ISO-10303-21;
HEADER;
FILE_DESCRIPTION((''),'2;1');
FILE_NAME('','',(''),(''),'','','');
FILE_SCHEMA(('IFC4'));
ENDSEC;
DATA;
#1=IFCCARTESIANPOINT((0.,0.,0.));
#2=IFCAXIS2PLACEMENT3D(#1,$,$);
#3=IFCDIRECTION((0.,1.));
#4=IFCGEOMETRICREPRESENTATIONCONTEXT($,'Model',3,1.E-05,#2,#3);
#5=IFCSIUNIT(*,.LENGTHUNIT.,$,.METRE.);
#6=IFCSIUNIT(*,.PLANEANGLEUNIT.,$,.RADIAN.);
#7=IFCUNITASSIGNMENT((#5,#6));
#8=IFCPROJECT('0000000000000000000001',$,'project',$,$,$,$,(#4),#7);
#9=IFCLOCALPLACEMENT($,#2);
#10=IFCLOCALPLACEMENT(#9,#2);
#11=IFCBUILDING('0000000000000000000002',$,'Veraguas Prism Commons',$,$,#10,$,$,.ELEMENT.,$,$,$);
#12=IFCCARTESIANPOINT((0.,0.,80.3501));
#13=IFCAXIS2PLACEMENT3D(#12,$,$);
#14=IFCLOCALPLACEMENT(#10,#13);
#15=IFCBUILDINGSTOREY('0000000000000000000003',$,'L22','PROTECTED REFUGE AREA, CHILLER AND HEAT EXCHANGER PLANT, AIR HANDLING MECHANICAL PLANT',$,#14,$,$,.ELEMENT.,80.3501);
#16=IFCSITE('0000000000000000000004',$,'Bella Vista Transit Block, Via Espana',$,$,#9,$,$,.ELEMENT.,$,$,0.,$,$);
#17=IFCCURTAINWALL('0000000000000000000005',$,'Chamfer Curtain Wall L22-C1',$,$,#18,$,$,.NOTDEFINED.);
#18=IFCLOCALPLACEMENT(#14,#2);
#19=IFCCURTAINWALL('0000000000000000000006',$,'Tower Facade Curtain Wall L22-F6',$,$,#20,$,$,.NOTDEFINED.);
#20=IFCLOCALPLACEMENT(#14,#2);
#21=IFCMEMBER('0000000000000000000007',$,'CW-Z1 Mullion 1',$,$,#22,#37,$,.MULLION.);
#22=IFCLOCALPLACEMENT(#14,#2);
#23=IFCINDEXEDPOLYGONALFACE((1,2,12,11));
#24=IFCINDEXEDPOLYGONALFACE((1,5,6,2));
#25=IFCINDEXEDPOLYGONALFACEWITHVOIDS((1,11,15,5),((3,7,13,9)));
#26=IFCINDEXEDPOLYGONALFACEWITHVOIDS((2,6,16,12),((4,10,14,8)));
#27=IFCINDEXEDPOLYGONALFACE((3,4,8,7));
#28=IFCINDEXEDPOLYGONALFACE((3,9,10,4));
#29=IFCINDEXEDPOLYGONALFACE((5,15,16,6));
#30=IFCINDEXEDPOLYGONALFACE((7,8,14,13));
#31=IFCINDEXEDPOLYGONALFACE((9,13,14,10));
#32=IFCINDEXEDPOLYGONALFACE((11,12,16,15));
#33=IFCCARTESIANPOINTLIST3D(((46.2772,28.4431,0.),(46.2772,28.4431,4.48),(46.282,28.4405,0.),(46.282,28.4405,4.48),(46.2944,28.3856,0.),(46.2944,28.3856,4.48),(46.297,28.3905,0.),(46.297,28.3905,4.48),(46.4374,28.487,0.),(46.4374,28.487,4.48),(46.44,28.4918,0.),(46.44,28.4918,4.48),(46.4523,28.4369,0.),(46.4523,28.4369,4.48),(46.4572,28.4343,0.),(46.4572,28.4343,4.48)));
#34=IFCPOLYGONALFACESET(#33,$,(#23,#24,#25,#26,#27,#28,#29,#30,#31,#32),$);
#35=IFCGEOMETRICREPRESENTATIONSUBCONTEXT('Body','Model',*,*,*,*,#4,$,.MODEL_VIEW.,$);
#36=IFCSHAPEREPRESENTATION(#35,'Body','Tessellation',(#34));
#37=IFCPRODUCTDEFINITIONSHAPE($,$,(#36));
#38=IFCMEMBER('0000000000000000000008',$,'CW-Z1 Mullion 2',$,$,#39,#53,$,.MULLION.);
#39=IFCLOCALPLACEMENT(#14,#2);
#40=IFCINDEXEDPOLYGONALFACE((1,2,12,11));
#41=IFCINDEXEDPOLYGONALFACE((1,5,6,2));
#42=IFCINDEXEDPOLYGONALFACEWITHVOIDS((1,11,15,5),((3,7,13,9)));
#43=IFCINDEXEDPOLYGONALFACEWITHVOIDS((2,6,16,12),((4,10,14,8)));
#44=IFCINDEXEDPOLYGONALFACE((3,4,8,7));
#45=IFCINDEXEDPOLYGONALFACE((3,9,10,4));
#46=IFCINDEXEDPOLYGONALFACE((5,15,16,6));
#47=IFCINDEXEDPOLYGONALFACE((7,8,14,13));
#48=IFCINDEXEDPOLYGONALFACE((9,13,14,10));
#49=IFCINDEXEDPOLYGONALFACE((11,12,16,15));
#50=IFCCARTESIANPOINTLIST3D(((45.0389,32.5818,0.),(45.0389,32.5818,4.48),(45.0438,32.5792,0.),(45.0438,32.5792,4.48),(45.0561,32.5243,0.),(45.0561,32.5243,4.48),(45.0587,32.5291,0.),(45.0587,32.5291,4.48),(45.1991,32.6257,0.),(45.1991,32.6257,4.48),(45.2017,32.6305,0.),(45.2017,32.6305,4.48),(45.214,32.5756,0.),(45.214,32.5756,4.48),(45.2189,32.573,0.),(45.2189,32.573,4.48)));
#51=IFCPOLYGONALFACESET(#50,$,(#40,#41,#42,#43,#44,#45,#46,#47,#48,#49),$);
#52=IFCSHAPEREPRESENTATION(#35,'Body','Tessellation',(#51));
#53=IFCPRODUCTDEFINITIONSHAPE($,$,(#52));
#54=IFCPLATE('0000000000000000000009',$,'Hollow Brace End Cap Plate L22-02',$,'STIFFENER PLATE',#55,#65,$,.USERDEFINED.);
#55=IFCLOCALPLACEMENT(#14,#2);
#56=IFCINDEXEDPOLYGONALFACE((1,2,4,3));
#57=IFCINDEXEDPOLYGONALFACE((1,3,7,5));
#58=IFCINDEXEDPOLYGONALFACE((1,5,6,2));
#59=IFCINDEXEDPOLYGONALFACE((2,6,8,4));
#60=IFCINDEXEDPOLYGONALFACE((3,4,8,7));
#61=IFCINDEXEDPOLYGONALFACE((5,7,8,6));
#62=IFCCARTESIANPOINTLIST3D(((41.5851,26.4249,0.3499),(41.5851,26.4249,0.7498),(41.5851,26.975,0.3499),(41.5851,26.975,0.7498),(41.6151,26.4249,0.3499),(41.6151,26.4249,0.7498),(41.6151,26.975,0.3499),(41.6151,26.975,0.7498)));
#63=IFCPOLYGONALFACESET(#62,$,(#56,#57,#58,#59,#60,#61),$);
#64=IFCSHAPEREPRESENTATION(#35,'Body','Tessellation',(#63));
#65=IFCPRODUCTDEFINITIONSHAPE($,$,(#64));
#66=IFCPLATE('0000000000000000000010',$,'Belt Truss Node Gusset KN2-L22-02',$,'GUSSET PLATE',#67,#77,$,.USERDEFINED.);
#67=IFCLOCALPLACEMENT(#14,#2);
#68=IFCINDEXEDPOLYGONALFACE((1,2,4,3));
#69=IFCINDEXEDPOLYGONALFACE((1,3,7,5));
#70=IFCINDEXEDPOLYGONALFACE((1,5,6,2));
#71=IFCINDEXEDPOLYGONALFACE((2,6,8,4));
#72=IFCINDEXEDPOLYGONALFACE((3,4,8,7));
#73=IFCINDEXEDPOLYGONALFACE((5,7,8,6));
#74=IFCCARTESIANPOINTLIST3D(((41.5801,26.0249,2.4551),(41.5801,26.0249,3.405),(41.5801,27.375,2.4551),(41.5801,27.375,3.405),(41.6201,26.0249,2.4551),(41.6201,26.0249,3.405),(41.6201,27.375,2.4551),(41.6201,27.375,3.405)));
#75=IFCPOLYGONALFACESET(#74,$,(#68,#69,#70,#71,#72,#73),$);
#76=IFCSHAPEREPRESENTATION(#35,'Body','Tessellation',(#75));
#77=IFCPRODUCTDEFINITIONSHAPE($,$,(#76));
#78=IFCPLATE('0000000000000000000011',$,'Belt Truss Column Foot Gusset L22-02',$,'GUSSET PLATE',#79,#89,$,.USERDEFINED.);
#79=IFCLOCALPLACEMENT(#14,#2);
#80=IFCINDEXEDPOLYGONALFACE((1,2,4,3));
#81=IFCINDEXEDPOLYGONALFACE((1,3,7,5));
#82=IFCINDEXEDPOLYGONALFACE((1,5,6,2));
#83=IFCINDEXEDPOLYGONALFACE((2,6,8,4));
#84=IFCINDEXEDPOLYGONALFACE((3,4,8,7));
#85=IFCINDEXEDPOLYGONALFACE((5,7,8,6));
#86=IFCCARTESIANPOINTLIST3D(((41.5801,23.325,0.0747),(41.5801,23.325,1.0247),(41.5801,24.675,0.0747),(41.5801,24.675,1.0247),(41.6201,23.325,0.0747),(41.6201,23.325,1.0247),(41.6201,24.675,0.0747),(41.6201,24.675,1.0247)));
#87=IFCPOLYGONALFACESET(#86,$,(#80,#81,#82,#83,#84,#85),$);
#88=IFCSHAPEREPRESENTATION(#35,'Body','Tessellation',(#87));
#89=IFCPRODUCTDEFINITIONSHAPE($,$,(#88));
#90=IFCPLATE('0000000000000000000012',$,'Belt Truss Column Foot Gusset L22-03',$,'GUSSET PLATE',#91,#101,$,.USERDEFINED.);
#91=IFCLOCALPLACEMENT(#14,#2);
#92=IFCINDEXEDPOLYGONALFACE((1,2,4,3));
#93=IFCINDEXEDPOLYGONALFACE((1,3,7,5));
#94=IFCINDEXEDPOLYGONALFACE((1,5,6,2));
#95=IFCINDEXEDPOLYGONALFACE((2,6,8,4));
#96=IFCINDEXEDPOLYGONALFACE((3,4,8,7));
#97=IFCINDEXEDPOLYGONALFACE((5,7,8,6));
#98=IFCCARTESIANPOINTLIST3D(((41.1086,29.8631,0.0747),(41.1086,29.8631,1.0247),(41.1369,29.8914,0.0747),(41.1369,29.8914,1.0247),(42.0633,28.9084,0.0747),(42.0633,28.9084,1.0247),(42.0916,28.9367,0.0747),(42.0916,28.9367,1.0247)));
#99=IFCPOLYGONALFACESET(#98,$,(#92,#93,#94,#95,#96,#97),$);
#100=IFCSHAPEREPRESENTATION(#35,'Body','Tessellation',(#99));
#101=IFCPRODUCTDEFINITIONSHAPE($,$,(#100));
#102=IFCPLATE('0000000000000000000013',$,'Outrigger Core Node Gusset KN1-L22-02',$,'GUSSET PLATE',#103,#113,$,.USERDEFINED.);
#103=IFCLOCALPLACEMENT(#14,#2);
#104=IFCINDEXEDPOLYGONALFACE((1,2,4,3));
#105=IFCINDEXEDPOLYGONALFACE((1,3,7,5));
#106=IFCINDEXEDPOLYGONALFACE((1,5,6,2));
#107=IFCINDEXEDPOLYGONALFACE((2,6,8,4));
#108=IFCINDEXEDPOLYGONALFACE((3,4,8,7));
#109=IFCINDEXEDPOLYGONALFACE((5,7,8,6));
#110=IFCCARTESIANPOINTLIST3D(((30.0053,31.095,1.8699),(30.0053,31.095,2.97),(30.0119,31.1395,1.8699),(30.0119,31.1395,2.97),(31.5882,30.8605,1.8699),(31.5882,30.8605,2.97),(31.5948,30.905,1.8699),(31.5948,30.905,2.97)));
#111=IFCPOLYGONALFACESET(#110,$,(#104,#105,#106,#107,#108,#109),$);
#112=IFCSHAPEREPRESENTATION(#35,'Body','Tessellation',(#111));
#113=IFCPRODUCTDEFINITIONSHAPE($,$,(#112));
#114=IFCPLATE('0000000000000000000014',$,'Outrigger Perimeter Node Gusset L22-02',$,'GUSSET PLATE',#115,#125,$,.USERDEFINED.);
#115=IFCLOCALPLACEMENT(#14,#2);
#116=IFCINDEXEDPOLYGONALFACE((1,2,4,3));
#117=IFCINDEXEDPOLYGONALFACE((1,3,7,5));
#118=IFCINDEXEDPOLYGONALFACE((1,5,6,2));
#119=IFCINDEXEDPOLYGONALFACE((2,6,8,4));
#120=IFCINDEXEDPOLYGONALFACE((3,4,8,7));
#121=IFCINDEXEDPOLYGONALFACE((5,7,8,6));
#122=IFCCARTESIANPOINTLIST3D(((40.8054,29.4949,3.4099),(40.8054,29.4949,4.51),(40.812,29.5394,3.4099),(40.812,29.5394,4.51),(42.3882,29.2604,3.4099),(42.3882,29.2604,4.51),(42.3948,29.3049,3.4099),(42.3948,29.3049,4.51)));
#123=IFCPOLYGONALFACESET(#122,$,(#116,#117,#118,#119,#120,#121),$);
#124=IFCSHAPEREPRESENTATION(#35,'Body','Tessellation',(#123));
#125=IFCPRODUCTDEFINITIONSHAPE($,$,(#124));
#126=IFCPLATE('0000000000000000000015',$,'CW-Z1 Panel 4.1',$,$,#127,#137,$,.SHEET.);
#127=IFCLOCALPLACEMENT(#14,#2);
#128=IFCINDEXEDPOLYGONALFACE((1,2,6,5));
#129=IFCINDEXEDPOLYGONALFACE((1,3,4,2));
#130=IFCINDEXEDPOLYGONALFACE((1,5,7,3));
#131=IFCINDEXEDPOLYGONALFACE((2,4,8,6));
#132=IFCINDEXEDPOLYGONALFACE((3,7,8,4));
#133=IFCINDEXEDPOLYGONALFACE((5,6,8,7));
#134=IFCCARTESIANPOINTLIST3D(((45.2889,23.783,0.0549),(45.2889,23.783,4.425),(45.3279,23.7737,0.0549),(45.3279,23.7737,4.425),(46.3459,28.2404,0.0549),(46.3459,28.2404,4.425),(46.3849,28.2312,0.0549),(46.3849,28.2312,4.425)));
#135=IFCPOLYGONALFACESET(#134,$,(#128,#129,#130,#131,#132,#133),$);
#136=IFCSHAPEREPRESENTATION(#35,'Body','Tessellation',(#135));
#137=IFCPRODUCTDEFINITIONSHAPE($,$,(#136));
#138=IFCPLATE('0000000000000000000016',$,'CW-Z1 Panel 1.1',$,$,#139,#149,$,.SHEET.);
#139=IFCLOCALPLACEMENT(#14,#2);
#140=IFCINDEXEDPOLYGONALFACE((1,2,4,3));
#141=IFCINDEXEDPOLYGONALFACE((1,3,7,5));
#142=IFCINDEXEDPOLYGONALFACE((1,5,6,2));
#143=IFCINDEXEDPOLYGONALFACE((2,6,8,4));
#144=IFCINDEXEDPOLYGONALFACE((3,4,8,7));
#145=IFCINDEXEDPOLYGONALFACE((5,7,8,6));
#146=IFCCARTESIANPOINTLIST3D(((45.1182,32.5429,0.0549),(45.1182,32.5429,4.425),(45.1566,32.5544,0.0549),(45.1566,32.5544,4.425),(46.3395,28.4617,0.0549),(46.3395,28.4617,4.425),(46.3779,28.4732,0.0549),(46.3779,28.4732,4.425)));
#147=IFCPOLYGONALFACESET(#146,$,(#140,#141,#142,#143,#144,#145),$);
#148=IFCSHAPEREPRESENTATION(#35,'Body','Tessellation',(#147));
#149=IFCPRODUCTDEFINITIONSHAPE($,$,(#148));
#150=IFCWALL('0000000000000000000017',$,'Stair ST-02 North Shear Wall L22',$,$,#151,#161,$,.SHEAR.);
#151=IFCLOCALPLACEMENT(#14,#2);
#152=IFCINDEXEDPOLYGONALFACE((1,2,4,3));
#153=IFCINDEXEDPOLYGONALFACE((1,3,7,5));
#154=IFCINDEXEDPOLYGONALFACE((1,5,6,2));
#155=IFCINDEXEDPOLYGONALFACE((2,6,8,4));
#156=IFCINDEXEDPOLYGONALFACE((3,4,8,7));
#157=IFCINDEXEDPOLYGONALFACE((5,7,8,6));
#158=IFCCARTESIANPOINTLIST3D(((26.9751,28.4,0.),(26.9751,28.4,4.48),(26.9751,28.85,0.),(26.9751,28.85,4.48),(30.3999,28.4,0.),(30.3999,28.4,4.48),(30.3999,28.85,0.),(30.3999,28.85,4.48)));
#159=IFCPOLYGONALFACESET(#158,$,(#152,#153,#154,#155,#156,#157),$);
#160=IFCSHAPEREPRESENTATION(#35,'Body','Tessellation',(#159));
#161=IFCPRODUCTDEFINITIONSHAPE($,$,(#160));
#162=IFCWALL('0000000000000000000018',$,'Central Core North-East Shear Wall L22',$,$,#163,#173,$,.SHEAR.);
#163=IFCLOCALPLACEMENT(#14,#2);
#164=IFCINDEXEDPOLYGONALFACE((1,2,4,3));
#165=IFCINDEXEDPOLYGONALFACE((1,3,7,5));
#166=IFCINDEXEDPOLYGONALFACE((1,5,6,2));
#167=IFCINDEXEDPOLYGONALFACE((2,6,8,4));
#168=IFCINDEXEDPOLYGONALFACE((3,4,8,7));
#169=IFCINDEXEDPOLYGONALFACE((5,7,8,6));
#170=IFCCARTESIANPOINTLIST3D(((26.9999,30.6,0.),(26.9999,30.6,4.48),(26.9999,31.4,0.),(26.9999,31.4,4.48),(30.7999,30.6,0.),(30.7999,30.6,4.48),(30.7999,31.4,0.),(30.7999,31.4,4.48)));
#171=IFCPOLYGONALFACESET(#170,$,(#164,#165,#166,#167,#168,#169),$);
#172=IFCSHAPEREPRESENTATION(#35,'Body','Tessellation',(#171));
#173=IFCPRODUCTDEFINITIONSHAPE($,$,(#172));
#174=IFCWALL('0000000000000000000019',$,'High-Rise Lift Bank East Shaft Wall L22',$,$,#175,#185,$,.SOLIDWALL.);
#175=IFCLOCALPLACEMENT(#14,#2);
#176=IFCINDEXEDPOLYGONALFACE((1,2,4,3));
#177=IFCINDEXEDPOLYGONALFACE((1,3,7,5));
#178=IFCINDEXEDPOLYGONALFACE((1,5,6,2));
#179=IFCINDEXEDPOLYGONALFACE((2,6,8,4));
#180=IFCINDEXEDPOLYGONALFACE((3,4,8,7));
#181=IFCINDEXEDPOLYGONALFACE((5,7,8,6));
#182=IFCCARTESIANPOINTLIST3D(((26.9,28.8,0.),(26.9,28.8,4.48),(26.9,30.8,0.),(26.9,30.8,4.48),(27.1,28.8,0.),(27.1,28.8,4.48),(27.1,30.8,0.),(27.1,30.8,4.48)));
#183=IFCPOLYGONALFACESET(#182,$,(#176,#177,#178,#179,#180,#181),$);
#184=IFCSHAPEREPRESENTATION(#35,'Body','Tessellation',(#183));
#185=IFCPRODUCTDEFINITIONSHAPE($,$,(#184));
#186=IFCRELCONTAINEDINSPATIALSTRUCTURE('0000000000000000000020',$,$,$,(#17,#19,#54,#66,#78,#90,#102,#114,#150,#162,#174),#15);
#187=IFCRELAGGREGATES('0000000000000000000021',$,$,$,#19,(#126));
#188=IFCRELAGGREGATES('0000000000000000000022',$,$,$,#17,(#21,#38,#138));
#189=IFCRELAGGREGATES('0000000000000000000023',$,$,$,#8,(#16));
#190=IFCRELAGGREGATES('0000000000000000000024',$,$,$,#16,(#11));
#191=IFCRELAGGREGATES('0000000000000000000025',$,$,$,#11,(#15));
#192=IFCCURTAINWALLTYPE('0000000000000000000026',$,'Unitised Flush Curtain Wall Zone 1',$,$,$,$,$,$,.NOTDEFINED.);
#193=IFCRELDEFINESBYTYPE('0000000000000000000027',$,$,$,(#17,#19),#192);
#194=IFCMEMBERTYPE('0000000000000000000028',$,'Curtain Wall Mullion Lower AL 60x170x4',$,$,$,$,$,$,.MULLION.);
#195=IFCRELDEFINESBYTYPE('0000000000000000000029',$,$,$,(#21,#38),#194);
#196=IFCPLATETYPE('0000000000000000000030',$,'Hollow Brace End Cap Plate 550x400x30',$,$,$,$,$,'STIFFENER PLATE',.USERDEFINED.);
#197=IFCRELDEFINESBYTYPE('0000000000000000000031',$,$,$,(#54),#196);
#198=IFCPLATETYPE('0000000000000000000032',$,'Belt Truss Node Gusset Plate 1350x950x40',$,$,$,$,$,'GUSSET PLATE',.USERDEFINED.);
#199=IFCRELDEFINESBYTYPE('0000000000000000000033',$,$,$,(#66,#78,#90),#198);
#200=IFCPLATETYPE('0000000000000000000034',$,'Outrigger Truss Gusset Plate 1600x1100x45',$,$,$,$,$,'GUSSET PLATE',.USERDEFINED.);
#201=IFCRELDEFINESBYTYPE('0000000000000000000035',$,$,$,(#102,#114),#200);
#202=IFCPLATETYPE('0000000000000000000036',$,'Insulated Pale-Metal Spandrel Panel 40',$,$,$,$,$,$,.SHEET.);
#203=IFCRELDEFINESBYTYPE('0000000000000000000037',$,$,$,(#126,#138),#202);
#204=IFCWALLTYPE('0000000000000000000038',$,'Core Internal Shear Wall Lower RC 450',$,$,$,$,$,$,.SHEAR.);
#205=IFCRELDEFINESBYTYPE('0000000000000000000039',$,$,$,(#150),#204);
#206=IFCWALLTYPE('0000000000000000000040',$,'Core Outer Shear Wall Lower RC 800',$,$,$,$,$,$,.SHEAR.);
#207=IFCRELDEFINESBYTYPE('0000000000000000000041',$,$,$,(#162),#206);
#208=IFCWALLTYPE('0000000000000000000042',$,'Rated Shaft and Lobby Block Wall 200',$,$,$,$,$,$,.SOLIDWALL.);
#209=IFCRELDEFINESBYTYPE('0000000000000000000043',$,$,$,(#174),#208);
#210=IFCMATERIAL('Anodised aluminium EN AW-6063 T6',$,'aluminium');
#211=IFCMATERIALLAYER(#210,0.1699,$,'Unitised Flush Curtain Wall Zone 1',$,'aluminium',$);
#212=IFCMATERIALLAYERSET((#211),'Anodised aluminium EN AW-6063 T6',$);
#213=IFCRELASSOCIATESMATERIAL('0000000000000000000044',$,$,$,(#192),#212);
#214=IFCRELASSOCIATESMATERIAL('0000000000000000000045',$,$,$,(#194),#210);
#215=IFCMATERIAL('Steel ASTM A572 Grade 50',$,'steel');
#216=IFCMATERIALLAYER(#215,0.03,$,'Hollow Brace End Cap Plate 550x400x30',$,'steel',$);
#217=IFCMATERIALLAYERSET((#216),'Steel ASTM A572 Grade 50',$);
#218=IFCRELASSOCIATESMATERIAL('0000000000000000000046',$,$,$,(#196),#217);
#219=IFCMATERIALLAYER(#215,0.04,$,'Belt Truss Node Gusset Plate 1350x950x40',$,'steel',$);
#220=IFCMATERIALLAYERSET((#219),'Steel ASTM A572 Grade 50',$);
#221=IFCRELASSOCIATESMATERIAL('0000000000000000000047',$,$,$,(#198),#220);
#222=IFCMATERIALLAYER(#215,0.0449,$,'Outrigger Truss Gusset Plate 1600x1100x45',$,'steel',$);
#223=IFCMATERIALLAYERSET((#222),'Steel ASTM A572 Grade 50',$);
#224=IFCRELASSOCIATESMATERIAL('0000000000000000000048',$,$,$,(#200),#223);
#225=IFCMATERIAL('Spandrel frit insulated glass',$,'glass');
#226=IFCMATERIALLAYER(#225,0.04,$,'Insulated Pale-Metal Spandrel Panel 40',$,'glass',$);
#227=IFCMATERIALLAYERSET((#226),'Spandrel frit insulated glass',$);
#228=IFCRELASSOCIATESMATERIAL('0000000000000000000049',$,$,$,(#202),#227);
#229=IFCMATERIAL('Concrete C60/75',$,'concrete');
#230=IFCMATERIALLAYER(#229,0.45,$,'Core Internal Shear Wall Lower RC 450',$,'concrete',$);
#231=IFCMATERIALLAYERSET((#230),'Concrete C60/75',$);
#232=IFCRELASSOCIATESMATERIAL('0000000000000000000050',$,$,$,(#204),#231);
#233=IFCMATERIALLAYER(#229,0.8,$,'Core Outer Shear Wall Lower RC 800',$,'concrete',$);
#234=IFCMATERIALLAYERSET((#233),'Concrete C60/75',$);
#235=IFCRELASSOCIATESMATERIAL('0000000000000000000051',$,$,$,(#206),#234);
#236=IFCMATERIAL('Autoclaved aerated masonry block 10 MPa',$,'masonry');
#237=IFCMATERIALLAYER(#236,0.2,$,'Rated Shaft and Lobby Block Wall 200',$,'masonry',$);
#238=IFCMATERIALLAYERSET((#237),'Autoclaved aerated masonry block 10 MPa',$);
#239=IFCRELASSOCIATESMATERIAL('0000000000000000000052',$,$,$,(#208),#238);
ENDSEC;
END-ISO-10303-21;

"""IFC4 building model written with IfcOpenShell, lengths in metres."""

from ifc_helpers import new_model, si_unit, direction, frame, frame_2d, origin, origin_2d, place, context, subcontext, project, spatial, rectangle, hollow_rectangle, extrude, source, transform, mapped, material, layer, layer_set, material_profile, profile_set, type_object, element, aggregate, save


model = new_model("IFC4")

# Units and contexts
model_context = context("Model", 3, precision=1e-05, world=origin(), true_north=direction((0.0, 1.0)))
body_context = subcontext(model_context, "Body", "Model", "MODEL_VIEW")
ifc_project = project(units=[si_unit("LENGTHUNIT", "METRE"), si_unit("PLANEANGLEUNIT", "RADIAN")], contexts=[model_context])

# Site, building, storey
site_placement = place(None, origin())
site = spatial("IfcSite", under=ifc_project, at=site_placement, Name="Bella Vista Transit Block, Via Espana", CompositionType="ELEMENT", RefElevation=0.0)
building_placement = place(site_placement, origin())
building = spatial("IfcBuilding", under=site, at=building_placement, Name="Veraguas Prism Commons", CompositionType="ELEMENT")
storey_placement = place(building_placement, frame((0.0, 0.0, 80.3501)))
storey = spatial("IfcBuildingStorey", under=building, at=storey_placement, Name="L22", Description="PROTECTED REFUGE AREA, CHILLER AND HEAT EXCHANGER PLANT, AIR HANDLING MECHANICAL PLANT", CompositionType="ELEMENT", Elevation=80.3501)

# Shared definitions
ifc_material_1 = material(Name="Concrete C60/75", Category="concrete")

# Shared definitions
ifc_material_2 = material(Name="Steel ASTM A572 Grade 50", Category="steel")

# Shared definitions
ifc_material_3 = material(Name="Anodised aluminium EN AW-6063 T6", Category="aluminium")
ifc_layer_1 = layer(ifc_material_3, 0.1699, Name="Unitised Flush Curtain Wall Zone 1", Category="aluminium")
ifc_layer_set_1 = layer_set([ifc_layer_1], Name="Anodised aluminium EN AW-6063 T6")
curtain_wall_type = type_object("IfcCurtainWallType", Name="Unitised Flush Curtain Wall Zone 1", PredefinedType="NOTDEFINED", material=ifc_layer_set_1)

# Curtain wall
curtain_wall_1_placement = place(storey_placement, origin())
curtain_wall_1 = element("IfcCurtainWall", 1, at=curtain_wall_1_placement, inside=storey, type_object=curtain_wall_type, Name="Chamfer Curtain Wall L22-C1", PredefinedType="NOTDEFINED")

# Shared definitions
ifc_material_profile_1 = material_profile(ifc_material_3, hollow_rectangle(XDim=0.0601, YDim=0.1699, WallThickness=0.0039, at=origin_2d()), Name="AL60X170X4")
ifc_profile_set_1 = profile_set([ifc_material_profile_1], Name="Anodised aluminium EN AW-6063 T6")
member_type_1 = type_object("IfcMemberType", Name="Curtain Wall Mullion Lower AL 60x170x4", PredefinedType="MULLION", material=ifc_profile_set_1)
shared_shape_1 = source(origin(), body_context, "Body", "SweptSolid", [
    extrude(hollow_rectangle(XDim=0.0601, YDim=0.1699, WallThickness=0.0039, at=origin_2d()), origin(), (0.0, 0.0, 1.0), 4.48),
])

# Curtain wall
curtain_wall_2_placement = place(storey_placement, origin())
curtain_wall_2 = element("IfcCurtainWall", 2, at=curtain_wall_2_placement, inside=storey, type_object=curtain_wall_type, Name="Tower Facade Curtain Wall L22-F6", PredefinedType="NOTDEFINED")

# Members
member_1_placement = place(storey_placement, frame((46.3672, 28.4387, 0.0), z_axis=(0.0, 0.0, 1.0), x_axis=(-0.286692, 0.958023, 0.0)))
member_1 = element("IfcMember", 3, at=member_1_placement, type_object=member_type_1, Name="CW-Z1 Mullion 1", PredefinedType="MULLION", context=body_context, shape_type="MappedRepresentation", body=[
    mapped(shared_shape_1, transform((0.0, 0.0, 0.0), scale=1.0)),
])
member_2_placement = place(storey_placement, frame((45.1289, 32.5774, 0.0), z_axis=(0.0, 0.0, 1.0), x_axis=(-0.286692, 0.958023, 0.0)))
member_2 = element("IfcMember", 4, at=member_2_placement, type_object=member_type_1, Name="CW-Z1 Mullion 2", PredefinedType="MULLION", context=body_context, shape_type="MappedRepresentation", body=[
    mapped(shared_shape_1, transform((0.0, 0.0, 0.0), scale=1.0)),
])

# Plates
ifc_layer_2 = layer(ifc_material_2, 0.03, Name="Hollow Brace End Cap Plate 550x400x30", Category="steel")
ifc_layer_set_2 = layer_set([ifc_layer_2], Name="Steel ASTM A572 Grade 50")
plate_type_1 = type_object("IfcPlateType", Name="Hollow Brace End Cap Plate 550x400x30", ElementType="STIFFENER PLATE", PredefinedType="USERDEFINED", material=ifc_layer_set_2)
shared_shape_2 = source(origin(), body_context, "Body", "SweptSolid", [
    extrude(rectangle(XDim=0.55, YDim=0.03, at=origin_2d()), origin(), (0.0, 0.0, 1.0), 0.3999),
])
plate_1_placement = place(storey_placement, frame((41.6001, 26.7, 0.3499), z_axis=(0.0, 0.0, 1.0), x_axis=(0.0, 1.0, 0.0)))
element("IfcPlate", 5, at=plate_1_placement, inside=storey, type_object=plate_type_1, Name="Hollow Brace End Cap Plate L22-02", ObjectType="STIFFENER PLATE", PredefinedType="USERDEFINED", context=body_context, shape_type="MappedRepresentation", body=[
    mapped(shared_shape_2, transform((0.0, 0.0, 0.0), scale=1.0)),
])
ifc_layer_3 = layer(ifc_material_2, 0.04, Name="Belt Truss Node Gusset Plate 1350x950x40", Category="steel")
ifc_layer_set_3 = layer_set([ifc_layer_3], Name="Steel ASTM A572 Grade 50")
plate_type_2 = type_object("IfcPlateType", Name="Belt Truss Node Gusset Plate 1350x950x40", ElementType="GUSSET PLATE", PredefinedType="USERDEFINED", material=ifc_layer_set_3)
shared_shape_3 = source(origin(), body_context, "Body", "SweptSolid", [
    extrude(rectangle(XDim=1.3501, YDim=0.04, at=origin_2d()), origin(), (0.0, 0.0, 1.0), 0.95),
])
for number, where, z_axis, x_axis, name in (
    (6, (41.6001, 26.7, 2.4551), (0.0, 0.0, 1.0), (0.0, 1.0, 0.0), "Belt Truss Node Gusset KN2-L22-02"),
    (7, (41.6001, 24.0, 0.0747), (0.0, 0.0, 1.0), (0.0, 1.0, 0.0), "Belt Truss Column Foot Gusset L22-02"),
    (8, (41.6001, 29.3999, 0.0747), (0.0, 0.0, 1.0), (-0.707107, 0.707107, 0.0), "Belt Truss Column Foot Gusset L22-03"),
):
    element("IfcPlate", number, at=place(storey_placement, frame(where, z_axis=z_axis, x_axis=x_axis)), inside=storey, type_object=plate_type_2, Name=name, ObjectType="GUSSET PLATE", PredefinedType="USERDEFINED", context=body_context, shape_type="MappedRepresentation", body=[
        mapped(shared_shape_3, transform((0.0, 0.0, 0.0), scale=1.0)),
    ])
ifc_layer_4 = layer(ifc_material_2, 0.0449, Name="Outrigger Truss Gusset Plate 1600x1100x45", Category="steel")
ifc_layer_set_4 = layer_set([ifc_layer_4], Name="Steel ASTM A572 Grade 50")
plate_type_3 = type_object("IfcPlateType", Name="Outrigger Truss Gusset Plate 1600x1100x45", ElementType="GUSSET PLATE", PredefinedType="USERDEFINED", material=ifc_layer_set_4)
shared_shape_4 = source(origin(), body_context, "Body", "SweptSolid", [
    extrude(rectangle(XDim=1.6001, YDim=0.0449, at=origin_2d()), origin(), (0.0, 0.0, 1.0), 1.1001),
])
for number, where, z_axis, x_axis, name in (
    (9, (30.8, 31.0, 1.8699), (0.0, 0.0, 1.0), (0.989203, -0.146549, 0.0), "Outrigger Core Node Gusset KN1-L22-02"),
    (10, (41.6001, 29.3999, 3.4099), (0.0, 0.0, 1.0), (0.989203, -0.146549, 0.0), "Outrigger Perimeter Node Gusset L22-02"),
):
    element("IfcPlate", number, at=place(storey_placement, frame(where, z_axis=z_axis, x_axis=x_axis)), inside=storey, type_object=plate_type_3, Name=name, ObjectType="GUSSET PLATE", PredefinedType="USERDEFINED", context=body_context, shape_type="MappedRepresentation", body=[
        mapped(shared_shape_4, transform((0.0, 0.0, 0.0), scale=1.0)),
    ])

# Plates
ifc_material_4 = material(Name="Spandrel frit insulated glass", Category="glass")
ifc_layer_5 = layer(ifc_material_4, 0.04, Name="Insulated Pale-Metal Spandrel Panel 40", Category="glass")
ifc_layer_set_5 = layer_set([ifc_layer_5], Name="Spandrel frit insulated glass")
plate_type_4 = type_object("IfcPlateType", Name="Insulated Pale-Metal Spandrel Panel 40", PredefinedType="SHEET", material=ifc_layer_set_5)
shared_shape_5 = source(origin(), body_context, "Body", "SweptSolid", [
    extrude(rectangle(XDim=4.5811, YDim=0.04, at=origin_2d()), origin(), (0.0, 0.0, 1.0), 4.3701),
])
plate_2_placement = place(storey_placement, frame((45.8369, 26.0071, 0.0549), z_axis=(0.0, 0.0, 1.0), x_axis=(0.230734, 0.973017, 0.0)))
plate_2 = element("IfcPlate", 11, at=plate_2_placement, type_object=plate_type_4, Name="CW-Z1 Panel 4.1", PredefinedType="SHEET", context=body_context, shape_type="MappedRepresentation", body=[
    mapped(shared_shape_5, transform((0.0, 0.0, 0.0), scale=1.0)),
])
aggregate(curtain_wall_2, [plate_2])
shared_shape_6 = source(origin(), body_context, "Body", "SweptSolid", [
    extrude(rectangle(XDim=4.26, YDim=0.04, at=origin_2d()), origin(), (0.0, 0.0, 1.0), 4.3701),
])
plate_3_placement = place(storey_placement, frame((45.748, 30.5081, 0.0549), z_axis=(0.0, 0.0, 1.0), x_axis=(-0.286692, 0.958023, 0.0)))
plate_3 = element("IfcPlate", 12, at=plate_3_placement, type_object=plate_type_4, Name="CW-Z1 Panel 1.1", PredefinedType="SHEET", context=body_context, shape_type="MappedRepresentation", body=[
    mapped(shared_shape_6, transform((0.0, 0.0, 0.0), scale=1.0)),
])
aggregate(curtain_wall_1, [member_1, member_2, plate_3])

# Walls
ifc_layer_6 = layer(ifc_material_1, 0.45, Name="Core Internal Shear Wall Lower RC 450", Category="concrete")
ifc_layer_set_6 = layer_set([ifc_layer_6], Name="Concrete C60/75")
wall_type_1 = type_object("IfcWallType", Name="Core Internal Shear Wall Lower RC 450", PredefinedType="SHEAR", material=ifc_layer_set_6)
wall_1_placement = place(storey_placement, frame((26.9751, 28.625, 0.0), z_axis=(0.0, 0.0, 1.0), x_axis=(1.0, 0.0, 0.0)))
element("IfcWall", 13, at=wall_1_placement, inside=storey, type_object=wall_type_1, Name="Stair ST-02 North Shear Wall L22", PredefinedType="SHEAR", context=body_context, shape_type="SweptSolid", body=[
    extrude(rectangle(XDim=3.4248, YDim=0.45, at=frame_2d((1.7124, 0.0))), origin(), (0.0, 0.0, 1.0), 4.48),
])
ifc_layer_7 = layer(ifc_material_1, 0.8, Name="Core Outer Shear Wall Lower RC 800", Category="concrete")
ifc_layer_set_7 = layer_set([ifc_layer_7], Name="Concrete C60/75")
wall_type_2 = type_object("IfcWallType", Name="Core Outer Shear Wall Lower RC 800", PredefinedType="SHEAR", material=ifc_layer_set_7)
wall_2_placement = place(storey_placement, frame((27.0, 31.0, 0.0), z_axis=(0.0, 0.0, 1.0), x_axis=(1.0, 0.0, 0.0)))
element("IfcWall", 14, at=wall_2_placement, inside=storey, type_object=wall_type_2, Name="Central Core North-East Shear Wall L22", PredefinedType="SHEAR", context=body_context, shape_type="SweptSolid", body=[
    extrude(rectangle(XDim=3.8, YDim=0.8, at=frame_2d((1.8999, 0.0))), origin(), (0.0, 0.0, 1.0), 4.48),
])
ifc_material_5 = material(Name="Autoclaved aerated masonry block 10 MPa", Category="masonry")
ifc_layer_8 = layer(ifc_material_5, 0.2, Name="Rated Shaft and Lobby Block Wall 200", Category="masonry")
ifc_layer_set_8 = layer_set([ifc_layer_8], Name="Autoclaved aerated masonry block 10 MPa")
wall_type_3 = type_object("IfcWallType", Name="Rated Shaft and Lobby Block Wall 200", PredefinedType="SOLIDWALL", material=ifc_layer_set_8)
wall_3_placement = place(storey_placement, frame((27.0, 28.8, 0.0), z_axis=(0.0, 0.0, 1.0), x_axis=(0.0, 1.0, 0.0)))
element("IfcWall", 15, at=wall_3_placement, inside=storey, type_object=wall_type_3, Name="High-Rise Lift Bank East Shaft Wall L22", PredefinedType="SOLIDWALL", context=body_context, shape_type="SweptSolid", body=[
    extrude(rectangle(XDim=2.0, YDim=0.2, at=frame_2d((1.0, 0.0))), origin(), (0.0, 0.0, 1.0), 4.48),
])

save(model, "model.ifc")
